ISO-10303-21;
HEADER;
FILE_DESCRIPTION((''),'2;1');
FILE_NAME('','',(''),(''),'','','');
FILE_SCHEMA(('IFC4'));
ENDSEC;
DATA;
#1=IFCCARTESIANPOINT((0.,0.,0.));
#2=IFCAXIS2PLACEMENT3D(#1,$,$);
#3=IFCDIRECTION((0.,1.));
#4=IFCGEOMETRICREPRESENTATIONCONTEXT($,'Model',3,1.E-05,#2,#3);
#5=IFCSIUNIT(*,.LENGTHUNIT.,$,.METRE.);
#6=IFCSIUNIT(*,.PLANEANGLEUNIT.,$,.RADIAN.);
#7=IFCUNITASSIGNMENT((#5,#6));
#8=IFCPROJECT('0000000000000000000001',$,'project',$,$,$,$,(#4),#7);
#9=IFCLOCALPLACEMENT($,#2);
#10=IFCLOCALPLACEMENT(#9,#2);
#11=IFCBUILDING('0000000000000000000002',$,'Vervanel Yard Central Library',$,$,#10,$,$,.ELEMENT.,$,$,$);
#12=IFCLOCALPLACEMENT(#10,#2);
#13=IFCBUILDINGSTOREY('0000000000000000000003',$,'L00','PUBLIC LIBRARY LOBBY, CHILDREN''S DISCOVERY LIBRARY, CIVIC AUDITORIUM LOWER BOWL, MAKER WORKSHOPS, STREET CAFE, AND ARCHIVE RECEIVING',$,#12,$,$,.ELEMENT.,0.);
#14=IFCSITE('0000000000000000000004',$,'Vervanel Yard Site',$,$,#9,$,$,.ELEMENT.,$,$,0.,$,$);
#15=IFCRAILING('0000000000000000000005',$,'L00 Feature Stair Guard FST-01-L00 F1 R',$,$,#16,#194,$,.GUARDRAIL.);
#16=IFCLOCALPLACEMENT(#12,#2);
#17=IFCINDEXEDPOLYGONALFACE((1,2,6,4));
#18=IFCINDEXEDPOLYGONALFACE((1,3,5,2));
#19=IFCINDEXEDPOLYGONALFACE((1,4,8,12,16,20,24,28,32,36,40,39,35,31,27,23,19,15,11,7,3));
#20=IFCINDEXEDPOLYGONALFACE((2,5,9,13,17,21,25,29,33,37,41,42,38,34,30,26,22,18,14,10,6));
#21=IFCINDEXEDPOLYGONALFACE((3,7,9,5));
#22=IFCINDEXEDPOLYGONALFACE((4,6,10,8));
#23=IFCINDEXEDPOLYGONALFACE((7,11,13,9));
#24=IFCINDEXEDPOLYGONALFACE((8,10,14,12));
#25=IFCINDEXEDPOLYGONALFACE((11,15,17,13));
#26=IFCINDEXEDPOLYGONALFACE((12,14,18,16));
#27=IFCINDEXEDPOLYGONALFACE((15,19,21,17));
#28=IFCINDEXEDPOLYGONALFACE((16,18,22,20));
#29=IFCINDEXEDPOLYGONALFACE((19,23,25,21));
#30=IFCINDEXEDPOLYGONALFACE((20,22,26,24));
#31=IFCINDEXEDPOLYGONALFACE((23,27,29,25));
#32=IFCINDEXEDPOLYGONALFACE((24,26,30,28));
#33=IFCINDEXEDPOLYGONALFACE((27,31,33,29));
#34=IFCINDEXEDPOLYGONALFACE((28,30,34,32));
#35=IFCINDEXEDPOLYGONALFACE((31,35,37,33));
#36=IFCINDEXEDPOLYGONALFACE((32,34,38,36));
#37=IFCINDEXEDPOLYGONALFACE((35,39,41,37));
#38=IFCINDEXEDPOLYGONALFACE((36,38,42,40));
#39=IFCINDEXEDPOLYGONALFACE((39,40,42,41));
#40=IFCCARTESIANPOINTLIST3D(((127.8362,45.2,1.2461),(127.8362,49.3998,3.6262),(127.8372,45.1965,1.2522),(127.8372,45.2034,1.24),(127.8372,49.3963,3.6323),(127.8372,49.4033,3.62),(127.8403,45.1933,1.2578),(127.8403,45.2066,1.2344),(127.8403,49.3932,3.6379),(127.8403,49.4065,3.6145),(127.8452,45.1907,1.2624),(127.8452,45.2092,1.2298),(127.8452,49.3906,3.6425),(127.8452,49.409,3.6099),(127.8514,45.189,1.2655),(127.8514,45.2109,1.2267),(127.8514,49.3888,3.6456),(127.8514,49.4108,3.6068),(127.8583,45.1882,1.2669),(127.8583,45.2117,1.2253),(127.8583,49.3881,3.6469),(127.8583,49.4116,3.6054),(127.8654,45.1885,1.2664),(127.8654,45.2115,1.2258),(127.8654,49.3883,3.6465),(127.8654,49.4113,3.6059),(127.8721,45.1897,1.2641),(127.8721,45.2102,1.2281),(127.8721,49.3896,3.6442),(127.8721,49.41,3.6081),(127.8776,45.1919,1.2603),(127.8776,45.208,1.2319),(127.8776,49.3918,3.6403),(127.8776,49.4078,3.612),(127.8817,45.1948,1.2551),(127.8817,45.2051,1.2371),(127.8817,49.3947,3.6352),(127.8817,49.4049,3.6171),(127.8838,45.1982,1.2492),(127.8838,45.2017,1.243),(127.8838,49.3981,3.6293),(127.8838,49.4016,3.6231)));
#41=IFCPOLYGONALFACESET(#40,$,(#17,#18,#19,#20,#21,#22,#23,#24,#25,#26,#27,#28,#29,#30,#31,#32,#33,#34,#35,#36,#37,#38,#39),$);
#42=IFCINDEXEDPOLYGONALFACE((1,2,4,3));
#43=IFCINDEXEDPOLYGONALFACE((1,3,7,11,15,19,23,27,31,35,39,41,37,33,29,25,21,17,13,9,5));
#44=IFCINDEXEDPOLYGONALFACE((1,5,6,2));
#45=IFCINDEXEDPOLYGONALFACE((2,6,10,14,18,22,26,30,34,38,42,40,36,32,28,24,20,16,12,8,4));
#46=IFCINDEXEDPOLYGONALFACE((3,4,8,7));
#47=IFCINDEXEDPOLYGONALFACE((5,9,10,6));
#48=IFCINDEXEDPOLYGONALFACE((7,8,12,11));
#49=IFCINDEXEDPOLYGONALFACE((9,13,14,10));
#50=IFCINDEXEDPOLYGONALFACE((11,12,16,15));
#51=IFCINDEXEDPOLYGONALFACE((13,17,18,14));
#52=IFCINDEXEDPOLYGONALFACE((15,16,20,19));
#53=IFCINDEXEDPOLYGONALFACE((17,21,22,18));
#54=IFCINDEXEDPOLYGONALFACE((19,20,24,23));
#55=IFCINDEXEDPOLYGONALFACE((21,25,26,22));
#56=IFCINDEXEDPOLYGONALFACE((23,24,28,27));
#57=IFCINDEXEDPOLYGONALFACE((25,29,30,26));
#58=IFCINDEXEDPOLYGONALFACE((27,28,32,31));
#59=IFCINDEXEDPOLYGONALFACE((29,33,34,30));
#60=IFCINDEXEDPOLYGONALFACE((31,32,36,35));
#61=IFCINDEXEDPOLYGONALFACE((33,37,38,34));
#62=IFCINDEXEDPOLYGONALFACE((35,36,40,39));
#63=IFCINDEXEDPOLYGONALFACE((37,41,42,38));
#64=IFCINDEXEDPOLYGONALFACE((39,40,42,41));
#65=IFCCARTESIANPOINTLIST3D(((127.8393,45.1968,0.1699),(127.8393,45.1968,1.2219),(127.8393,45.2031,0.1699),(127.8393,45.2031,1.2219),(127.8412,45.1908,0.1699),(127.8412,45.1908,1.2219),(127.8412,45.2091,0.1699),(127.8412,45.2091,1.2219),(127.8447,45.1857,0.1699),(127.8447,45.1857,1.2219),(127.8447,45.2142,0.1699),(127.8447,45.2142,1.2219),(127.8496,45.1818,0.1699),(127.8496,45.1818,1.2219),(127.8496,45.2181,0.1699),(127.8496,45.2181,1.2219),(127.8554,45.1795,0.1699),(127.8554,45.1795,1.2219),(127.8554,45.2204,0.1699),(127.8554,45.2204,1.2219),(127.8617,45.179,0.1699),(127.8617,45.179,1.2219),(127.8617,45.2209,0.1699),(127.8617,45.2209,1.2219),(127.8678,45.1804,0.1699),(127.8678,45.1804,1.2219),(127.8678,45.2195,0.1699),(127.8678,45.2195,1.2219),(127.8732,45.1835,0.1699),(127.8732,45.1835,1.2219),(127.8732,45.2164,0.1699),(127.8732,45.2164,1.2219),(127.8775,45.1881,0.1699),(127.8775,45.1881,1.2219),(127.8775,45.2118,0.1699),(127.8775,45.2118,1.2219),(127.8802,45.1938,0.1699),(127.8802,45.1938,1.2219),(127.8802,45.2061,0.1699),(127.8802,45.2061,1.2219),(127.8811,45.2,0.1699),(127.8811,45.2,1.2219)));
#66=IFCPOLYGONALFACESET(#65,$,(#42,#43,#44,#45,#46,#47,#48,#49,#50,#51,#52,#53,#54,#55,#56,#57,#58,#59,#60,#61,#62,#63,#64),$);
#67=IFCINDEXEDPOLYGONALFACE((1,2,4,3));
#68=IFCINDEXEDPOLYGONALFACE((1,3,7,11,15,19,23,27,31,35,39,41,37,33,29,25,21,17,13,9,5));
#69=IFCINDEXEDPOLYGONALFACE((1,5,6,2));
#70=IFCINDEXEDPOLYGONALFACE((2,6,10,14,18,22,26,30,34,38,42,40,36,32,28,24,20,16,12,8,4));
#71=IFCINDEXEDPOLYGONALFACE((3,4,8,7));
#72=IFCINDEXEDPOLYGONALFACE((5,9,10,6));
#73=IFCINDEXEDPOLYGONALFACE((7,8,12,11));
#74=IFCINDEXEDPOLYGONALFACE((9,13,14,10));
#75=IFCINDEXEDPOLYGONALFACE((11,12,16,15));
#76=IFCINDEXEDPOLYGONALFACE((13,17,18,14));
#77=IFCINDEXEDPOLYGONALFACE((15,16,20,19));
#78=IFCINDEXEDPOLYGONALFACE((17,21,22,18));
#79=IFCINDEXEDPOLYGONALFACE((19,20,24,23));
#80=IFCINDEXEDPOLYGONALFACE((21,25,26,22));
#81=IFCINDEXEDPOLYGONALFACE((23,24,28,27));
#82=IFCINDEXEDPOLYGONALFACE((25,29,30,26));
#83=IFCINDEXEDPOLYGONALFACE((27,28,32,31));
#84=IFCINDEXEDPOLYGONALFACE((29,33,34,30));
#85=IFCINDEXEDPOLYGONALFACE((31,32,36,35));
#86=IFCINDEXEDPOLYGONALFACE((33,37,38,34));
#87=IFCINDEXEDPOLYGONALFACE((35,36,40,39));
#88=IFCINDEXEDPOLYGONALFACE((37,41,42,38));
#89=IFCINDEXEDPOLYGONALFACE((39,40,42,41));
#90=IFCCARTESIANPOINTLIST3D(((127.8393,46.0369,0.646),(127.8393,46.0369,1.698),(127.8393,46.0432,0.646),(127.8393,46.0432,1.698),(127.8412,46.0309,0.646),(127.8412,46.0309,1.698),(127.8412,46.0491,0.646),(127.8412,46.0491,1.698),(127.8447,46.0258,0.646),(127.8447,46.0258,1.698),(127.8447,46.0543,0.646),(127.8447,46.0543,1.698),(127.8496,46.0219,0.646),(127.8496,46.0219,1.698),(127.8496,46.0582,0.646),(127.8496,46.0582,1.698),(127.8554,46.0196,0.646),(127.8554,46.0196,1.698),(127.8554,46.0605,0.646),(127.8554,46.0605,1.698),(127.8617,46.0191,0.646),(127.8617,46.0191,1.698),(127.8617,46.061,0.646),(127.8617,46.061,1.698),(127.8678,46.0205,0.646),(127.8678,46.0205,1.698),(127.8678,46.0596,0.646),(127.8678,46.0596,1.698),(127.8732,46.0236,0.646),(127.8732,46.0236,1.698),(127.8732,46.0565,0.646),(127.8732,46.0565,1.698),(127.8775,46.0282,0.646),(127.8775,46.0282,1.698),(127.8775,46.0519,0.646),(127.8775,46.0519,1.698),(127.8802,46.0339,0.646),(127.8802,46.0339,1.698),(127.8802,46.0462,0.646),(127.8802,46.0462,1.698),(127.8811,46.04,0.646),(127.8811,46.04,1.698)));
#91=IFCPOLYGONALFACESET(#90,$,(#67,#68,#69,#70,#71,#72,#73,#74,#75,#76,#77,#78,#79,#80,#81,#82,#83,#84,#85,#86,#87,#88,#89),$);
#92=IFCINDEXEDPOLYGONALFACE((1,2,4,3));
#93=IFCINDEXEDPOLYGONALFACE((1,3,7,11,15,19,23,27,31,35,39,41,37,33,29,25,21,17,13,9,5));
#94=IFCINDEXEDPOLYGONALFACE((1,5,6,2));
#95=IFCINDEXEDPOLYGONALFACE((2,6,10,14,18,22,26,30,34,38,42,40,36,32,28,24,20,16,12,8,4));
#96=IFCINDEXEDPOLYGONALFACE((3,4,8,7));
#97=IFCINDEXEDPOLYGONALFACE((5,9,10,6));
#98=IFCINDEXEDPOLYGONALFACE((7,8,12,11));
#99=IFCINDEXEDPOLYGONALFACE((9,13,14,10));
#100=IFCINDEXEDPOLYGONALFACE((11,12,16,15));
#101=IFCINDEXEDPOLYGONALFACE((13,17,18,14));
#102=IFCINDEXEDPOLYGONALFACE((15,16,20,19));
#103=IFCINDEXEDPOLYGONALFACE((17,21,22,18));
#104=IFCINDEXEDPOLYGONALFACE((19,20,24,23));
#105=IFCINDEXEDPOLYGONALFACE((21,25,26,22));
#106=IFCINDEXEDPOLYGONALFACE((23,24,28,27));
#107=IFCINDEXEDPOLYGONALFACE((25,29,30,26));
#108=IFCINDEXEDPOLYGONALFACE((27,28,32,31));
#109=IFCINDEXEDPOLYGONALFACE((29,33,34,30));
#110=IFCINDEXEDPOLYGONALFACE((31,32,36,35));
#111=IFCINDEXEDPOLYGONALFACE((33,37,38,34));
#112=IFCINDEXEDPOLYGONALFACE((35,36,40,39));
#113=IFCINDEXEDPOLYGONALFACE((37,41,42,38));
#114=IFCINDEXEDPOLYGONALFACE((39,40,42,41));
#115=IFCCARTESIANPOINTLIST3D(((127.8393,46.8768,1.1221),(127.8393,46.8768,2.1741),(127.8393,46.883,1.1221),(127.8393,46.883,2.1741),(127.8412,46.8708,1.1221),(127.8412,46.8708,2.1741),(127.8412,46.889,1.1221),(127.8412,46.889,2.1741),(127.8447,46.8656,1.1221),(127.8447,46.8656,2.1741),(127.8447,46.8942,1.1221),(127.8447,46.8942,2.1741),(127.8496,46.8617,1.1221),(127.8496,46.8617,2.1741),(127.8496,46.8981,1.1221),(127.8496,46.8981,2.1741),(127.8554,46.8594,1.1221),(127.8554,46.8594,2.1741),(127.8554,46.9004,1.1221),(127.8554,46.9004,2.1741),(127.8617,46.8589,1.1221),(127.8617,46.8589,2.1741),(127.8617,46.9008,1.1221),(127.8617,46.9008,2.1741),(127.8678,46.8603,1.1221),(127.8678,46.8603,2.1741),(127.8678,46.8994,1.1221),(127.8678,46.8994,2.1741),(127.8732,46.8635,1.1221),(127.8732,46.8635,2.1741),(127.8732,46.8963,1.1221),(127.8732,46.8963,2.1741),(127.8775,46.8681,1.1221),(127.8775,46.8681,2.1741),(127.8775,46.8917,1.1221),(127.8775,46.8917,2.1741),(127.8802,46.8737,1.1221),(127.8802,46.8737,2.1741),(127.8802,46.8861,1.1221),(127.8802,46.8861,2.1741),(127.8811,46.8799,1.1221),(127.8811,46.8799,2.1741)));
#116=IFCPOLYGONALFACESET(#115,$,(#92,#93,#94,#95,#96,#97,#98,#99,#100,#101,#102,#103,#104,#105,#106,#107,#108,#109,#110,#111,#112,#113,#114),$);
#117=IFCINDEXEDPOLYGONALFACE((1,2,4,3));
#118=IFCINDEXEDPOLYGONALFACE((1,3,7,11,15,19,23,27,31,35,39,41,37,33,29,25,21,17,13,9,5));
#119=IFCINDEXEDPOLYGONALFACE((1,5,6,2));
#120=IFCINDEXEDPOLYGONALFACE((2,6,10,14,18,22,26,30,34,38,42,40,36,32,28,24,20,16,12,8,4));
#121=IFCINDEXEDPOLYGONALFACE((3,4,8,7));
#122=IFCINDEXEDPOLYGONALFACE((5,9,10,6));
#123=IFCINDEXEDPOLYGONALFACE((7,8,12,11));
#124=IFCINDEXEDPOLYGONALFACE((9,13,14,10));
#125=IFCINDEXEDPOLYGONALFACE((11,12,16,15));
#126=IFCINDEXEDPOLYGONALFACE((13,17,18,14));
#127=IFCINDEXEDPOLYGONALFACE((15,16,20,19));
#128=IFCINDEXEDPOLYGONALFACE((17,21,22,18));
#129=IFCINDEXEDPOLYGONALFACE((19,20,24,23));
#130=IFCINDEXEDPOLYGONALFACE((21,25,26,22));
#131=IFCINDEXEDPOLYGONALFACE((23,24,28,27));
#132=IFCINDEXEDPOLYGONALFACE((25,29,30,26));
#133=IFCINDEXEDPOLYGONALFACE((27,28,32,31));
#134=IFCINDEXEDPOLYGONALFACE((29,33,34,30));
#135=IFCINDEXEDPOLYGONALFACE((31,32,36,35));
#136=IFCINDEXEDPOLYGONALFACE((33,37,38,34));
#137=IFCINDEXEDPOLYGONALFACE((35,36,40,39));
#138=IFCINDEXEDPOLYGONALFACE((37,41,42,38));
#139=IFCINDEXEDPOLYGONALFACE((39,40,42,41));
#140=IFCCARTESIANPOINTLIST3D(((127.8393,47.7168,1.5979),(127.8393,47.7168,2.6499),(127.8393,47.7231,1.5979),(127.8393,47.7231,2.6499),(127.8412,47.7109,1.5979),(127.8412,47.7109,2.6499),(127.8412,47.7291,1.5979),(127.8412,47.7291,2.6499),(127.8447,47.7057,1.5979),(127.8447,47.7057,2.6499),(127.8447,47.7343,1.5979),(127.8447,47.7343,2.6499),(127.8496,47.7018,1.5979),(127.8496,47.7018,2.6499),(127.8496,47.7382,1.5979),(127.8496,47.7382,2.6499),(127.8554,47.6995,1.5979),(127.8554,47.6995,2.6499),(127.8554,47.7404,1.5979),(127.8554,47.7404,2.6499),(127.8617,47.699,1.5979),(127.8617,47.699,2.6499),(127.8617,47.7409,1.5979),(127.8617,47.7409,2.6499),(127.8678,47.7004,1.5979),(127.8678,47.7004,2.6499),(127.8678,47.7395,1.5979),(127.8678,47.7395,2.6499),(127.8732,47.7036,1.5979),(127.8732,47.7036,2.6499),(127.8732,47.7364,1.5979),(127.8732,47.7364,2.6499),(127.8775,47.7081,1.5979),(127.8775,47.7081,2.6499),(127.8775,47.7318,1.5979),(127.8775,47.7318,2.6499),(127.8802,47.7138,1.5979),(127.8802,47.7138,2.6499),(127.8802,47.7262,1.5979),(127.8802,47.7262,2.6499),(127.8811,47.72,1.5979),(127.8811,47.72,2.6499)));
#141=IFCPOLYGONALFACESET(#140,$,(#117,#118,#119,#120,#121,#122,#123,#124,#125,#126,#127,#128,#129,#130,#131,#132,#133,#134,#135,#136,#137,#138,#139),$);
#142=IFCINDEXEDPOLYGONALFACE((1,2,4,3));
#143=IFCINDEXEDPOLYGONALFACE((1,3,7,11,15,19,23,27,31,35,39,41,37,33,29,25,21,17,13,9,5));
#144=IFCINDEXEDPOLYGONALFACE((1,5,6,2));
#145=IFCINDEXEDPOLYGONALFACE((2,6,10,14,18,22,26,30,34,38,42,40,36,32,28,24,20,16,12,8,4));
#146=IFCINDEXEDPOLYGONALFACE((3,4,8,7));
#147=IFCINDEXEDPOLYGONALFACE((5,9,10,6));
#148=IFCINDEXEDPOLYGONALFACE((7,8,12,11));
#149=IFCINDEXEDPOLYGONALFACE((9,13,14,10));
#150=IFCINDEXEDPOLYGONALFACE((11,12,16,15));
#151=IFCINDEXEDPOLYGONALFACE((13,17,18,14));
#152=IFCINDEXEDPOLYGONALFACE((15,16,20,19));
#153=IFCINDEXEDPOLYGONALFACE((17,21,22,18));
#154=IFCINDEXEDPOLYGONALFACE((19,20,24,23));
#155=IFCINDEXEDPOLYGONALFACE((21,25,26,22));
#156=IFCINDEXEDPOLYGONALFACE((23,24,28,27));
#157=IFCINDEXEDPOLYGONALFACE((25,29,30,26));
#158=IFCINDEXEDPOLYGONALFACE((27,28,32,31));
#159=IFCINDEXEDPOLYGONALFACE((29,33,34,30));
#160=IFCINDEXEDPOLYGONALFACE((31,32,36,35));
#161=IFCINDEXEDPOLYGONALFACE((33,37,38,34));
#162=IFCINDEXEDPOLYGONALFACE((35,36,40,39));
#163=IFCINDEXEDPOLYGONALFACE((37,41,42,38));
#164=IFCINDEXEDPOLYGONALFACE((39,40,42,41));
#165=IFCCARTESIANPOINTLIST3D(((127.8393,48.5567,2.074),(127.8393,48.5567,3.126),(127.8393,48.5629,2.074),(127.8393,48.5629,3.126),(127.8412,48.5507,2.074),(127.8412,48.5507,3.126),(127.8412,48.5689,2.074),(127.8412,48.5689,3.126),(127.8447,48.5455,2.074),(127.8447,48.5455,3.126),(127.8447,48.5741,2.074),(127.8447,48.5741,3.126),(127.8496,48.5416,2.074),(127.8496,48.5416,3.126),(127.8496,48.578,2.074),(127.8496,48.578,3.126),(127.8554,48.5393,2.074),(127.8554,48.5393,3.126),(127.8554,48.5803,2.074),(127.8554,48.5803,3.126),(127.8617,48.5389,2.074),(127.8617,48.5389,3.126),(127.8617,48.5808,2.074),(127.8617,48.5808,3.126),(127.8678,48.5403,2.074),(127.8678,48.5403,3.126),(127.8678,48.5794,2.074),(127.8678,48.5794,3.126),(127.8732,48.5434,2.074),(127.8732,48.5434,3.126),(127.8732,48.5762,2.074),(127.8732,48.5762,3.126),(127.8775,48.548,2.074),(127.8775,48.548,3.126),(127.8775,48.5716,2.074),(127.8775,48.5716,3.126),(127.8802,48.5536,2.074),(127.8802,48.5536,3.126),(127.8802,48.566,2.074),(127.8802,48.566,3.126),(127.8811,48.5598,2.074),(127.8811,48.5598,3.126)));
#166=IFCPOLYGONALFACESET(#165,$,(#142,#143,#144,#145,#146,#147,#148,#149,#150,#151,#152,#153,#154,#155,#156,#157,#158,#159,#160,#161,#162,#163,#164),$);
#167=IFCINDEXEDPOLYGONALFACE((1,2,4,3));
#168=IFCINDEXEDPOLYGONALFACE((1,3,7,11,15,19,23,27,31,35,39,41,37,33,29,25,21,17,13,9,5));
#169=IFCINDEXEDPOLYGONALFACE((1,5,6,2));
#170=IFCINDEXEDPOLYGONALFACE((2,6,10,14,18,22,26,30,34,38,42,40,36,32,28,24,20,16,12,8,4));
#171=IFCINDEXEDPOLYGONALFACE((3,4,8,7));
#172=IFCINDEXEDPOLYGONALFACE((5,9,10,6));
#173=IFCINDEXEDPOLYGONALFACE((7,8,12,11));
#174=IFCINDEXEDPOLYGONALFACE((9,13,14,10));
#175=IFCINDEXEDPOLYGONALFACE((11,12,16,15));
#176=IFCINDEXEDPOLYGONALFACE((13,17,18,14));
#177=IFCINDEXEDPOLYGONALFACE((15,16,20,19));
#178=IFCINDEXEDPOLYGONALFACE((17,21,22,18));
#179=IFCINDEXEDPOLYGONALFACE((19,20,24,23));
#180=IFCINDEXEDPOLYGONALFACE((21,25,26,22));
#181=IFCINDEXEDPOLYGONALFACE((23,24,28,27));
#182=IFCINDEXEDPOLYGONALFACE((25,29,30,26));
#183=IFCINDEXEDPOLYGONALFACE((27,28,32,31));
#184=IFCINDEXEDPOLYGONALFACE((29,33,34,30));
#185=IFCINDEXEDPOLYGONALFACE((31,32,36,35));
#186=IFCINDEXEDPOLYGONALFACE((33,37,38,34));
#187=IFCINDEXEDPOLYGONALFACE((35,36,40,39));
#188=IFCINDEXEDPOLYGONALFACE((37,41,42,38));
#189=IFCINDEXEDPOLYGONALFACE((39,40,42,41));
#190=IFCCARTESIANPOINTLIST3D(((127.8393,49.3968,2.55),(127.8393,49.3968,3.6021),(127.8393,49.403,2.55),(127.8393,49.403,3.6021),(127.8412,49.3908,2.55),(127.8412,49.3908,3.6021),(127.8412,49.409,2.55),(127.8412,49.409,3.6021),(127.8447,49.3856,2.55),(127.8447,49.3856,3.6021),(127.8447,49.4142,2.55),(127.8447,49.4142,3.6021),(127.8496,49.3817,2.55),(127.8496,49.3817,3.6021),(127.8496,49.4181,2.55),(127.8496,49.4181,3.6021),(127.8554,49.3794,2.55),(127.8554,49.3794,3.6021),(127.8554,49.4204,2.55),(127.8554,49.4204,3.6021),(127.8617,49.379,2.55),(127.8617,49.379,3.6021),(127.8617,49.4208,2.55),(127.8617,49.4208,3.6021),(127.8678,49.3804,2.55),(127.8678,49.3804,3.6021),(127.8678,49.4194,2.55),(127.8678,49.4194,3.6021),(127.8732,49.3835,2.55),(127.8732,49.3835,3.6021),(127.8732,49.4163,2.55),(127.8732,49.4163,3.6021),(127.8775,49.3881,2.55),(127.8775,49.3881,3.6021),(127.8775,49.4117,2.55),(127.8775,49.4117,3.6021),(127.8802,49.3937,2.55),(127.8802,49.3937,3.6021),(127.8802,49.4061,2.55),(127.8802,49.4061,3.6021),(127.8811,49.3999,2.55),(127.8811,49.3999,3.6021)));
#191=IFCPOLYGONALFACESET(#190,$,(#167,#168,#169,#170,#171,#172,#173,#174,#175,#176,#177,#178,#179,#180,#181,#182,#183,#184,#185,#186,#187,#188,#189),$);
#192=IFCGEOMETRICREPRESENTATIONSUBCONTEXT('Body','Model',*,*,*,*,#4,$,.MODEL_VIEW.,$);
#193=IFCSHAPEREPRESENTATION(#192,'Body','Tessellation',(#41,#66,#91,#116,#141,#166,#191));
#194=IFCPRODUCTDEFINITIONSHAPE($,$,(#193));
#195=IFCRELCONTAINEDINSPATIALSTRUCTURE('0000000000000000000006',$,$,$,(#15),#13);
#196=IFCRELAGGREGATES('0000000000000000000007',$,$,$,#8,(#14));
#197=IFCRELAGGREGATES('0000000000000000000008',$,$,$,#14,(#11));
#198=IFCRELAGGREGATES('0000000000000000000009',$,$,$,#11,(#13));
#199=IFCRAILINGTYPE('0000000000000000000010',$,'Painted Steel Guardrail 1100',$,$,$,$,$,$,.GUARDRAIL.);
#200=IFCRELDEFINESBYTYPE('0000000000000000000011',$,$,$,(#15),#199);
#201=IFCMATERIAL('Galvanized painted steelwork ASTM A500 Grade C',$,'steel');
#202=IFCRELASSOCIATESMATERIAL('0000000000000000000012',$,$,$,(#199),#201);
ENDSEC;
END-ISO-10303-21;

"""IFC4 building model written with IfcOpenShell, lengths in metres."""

from ifc_helpers import new_model, si_unit, direction, frame, origin, origin_2d, place, context, subcontext, project, spatial, circle, extrude, material, type_object, element, save


model = new_model("IFC4")

# Units and contexts
model_context = context("Model", 3, precision=1e-05, world=origin(), true_north=direction((0.0, 1.0)))
body_context = subcontext(model_context, "Body", "Model", "MODEL_VIEW")
ifc_project = project(units=[si_unit("LENGTHUNIT", "METRE"), si_unit("PLANEANGLEUNIT", "RADIAN")], contexts=[model_context])

# Site, building, storey
site_placement = place(None, origin())
site = spatial("IfcSite", under=ifc_project, at=site_placement, Name="Vervanel Yard Site", CompositionType="ELEMENT", RefElevation=0.0)
building_placement = place(site_placement, origin())
building = spatial("IfcBuilding", under=site, at=building_placement, Name="Vervanel Yard Central Library", CompositionType="ELEMENT")
storey_placement = place(building_placement, origin())
storey = spatial("IfcBuildingStorey", under=building, at=storey_placement, Name="L00", Description="PUBLIC LIBRARY LOBBY, CHILDREN'S DISCOVERY LIBRARY, CIVIC AUDITORIUM LOWER BOWL, MAKER WORKSHOPS, STREET CAFE, AND ARCHIVE RECEIVING", CompositionType="ELEMENT", Elevation=0.0)

# Shared definitions
ifc_material_1 = material(Name="Galvanized painted steelwork ASTM A500 Grade C", Category="steel")

# Railing
railing_type_1 = type_object("IfcRailingType", Name="Painted Steel Guardrail 1100", PredefinedType="GUARDRAIL", material=ifc_material_1)
railing_1_placement = place(storey_placement, frame((127.8601, 45.2, 0.1699)))
element("IfcRailing", 1, at=railing_1_placement, inside=storey, type_object=railing_type_1, Name="L00 Feature Stair Guard FST-01-L00 F1 R", PredefinedType="GUARDRAIL", context=body_context, shape_type="SweptSolid", body=[
    extrude(circle(Radius=0.0239, at=origin_2d()), frame((0.0, 0.0, 1.0762), z_axis=(0.0, 0.870008, 0.493037), x_axis=(-1.0, 0.0, 0.0)), (0.0, 0.0, 1.0), 4.8274),
    extrude(circle(Radius=0.021, at=origin_2d()), origin(), (0.0, 0.0, 1.0), 1.052),
    extrude(circle(Radius=0.021, at=origin_2d()), frame((0.0, 0.8401, 0.4761)), (0.0, 0.0, 1.0), 1.052),
    extrude(circle(Radius=0.021, at=origin_2d()), frame((0.0, 1.6799, 0.9521)), (0.0, 0.0, 1.0), 1.052),
    extrude(circle(Radius=0.021, at=origin_2d()), frame((0.0, 2.52, 1.428)), (0.0, 0.0, 1.0), 1.052),
    extrude(circle(Radius=0.021, at=origin_2d()), frame((0.0, 3.3599, 1.9041)), (0.0, 0.0, 1.0), 1.052),
    extrude(circle(Radius=0.021, at=origin_2d()), frame((0.0, 4.2, 2.3801)), (0.0, 0.0, 1.0), 1.052),
])

save(model, "model.ifc")
